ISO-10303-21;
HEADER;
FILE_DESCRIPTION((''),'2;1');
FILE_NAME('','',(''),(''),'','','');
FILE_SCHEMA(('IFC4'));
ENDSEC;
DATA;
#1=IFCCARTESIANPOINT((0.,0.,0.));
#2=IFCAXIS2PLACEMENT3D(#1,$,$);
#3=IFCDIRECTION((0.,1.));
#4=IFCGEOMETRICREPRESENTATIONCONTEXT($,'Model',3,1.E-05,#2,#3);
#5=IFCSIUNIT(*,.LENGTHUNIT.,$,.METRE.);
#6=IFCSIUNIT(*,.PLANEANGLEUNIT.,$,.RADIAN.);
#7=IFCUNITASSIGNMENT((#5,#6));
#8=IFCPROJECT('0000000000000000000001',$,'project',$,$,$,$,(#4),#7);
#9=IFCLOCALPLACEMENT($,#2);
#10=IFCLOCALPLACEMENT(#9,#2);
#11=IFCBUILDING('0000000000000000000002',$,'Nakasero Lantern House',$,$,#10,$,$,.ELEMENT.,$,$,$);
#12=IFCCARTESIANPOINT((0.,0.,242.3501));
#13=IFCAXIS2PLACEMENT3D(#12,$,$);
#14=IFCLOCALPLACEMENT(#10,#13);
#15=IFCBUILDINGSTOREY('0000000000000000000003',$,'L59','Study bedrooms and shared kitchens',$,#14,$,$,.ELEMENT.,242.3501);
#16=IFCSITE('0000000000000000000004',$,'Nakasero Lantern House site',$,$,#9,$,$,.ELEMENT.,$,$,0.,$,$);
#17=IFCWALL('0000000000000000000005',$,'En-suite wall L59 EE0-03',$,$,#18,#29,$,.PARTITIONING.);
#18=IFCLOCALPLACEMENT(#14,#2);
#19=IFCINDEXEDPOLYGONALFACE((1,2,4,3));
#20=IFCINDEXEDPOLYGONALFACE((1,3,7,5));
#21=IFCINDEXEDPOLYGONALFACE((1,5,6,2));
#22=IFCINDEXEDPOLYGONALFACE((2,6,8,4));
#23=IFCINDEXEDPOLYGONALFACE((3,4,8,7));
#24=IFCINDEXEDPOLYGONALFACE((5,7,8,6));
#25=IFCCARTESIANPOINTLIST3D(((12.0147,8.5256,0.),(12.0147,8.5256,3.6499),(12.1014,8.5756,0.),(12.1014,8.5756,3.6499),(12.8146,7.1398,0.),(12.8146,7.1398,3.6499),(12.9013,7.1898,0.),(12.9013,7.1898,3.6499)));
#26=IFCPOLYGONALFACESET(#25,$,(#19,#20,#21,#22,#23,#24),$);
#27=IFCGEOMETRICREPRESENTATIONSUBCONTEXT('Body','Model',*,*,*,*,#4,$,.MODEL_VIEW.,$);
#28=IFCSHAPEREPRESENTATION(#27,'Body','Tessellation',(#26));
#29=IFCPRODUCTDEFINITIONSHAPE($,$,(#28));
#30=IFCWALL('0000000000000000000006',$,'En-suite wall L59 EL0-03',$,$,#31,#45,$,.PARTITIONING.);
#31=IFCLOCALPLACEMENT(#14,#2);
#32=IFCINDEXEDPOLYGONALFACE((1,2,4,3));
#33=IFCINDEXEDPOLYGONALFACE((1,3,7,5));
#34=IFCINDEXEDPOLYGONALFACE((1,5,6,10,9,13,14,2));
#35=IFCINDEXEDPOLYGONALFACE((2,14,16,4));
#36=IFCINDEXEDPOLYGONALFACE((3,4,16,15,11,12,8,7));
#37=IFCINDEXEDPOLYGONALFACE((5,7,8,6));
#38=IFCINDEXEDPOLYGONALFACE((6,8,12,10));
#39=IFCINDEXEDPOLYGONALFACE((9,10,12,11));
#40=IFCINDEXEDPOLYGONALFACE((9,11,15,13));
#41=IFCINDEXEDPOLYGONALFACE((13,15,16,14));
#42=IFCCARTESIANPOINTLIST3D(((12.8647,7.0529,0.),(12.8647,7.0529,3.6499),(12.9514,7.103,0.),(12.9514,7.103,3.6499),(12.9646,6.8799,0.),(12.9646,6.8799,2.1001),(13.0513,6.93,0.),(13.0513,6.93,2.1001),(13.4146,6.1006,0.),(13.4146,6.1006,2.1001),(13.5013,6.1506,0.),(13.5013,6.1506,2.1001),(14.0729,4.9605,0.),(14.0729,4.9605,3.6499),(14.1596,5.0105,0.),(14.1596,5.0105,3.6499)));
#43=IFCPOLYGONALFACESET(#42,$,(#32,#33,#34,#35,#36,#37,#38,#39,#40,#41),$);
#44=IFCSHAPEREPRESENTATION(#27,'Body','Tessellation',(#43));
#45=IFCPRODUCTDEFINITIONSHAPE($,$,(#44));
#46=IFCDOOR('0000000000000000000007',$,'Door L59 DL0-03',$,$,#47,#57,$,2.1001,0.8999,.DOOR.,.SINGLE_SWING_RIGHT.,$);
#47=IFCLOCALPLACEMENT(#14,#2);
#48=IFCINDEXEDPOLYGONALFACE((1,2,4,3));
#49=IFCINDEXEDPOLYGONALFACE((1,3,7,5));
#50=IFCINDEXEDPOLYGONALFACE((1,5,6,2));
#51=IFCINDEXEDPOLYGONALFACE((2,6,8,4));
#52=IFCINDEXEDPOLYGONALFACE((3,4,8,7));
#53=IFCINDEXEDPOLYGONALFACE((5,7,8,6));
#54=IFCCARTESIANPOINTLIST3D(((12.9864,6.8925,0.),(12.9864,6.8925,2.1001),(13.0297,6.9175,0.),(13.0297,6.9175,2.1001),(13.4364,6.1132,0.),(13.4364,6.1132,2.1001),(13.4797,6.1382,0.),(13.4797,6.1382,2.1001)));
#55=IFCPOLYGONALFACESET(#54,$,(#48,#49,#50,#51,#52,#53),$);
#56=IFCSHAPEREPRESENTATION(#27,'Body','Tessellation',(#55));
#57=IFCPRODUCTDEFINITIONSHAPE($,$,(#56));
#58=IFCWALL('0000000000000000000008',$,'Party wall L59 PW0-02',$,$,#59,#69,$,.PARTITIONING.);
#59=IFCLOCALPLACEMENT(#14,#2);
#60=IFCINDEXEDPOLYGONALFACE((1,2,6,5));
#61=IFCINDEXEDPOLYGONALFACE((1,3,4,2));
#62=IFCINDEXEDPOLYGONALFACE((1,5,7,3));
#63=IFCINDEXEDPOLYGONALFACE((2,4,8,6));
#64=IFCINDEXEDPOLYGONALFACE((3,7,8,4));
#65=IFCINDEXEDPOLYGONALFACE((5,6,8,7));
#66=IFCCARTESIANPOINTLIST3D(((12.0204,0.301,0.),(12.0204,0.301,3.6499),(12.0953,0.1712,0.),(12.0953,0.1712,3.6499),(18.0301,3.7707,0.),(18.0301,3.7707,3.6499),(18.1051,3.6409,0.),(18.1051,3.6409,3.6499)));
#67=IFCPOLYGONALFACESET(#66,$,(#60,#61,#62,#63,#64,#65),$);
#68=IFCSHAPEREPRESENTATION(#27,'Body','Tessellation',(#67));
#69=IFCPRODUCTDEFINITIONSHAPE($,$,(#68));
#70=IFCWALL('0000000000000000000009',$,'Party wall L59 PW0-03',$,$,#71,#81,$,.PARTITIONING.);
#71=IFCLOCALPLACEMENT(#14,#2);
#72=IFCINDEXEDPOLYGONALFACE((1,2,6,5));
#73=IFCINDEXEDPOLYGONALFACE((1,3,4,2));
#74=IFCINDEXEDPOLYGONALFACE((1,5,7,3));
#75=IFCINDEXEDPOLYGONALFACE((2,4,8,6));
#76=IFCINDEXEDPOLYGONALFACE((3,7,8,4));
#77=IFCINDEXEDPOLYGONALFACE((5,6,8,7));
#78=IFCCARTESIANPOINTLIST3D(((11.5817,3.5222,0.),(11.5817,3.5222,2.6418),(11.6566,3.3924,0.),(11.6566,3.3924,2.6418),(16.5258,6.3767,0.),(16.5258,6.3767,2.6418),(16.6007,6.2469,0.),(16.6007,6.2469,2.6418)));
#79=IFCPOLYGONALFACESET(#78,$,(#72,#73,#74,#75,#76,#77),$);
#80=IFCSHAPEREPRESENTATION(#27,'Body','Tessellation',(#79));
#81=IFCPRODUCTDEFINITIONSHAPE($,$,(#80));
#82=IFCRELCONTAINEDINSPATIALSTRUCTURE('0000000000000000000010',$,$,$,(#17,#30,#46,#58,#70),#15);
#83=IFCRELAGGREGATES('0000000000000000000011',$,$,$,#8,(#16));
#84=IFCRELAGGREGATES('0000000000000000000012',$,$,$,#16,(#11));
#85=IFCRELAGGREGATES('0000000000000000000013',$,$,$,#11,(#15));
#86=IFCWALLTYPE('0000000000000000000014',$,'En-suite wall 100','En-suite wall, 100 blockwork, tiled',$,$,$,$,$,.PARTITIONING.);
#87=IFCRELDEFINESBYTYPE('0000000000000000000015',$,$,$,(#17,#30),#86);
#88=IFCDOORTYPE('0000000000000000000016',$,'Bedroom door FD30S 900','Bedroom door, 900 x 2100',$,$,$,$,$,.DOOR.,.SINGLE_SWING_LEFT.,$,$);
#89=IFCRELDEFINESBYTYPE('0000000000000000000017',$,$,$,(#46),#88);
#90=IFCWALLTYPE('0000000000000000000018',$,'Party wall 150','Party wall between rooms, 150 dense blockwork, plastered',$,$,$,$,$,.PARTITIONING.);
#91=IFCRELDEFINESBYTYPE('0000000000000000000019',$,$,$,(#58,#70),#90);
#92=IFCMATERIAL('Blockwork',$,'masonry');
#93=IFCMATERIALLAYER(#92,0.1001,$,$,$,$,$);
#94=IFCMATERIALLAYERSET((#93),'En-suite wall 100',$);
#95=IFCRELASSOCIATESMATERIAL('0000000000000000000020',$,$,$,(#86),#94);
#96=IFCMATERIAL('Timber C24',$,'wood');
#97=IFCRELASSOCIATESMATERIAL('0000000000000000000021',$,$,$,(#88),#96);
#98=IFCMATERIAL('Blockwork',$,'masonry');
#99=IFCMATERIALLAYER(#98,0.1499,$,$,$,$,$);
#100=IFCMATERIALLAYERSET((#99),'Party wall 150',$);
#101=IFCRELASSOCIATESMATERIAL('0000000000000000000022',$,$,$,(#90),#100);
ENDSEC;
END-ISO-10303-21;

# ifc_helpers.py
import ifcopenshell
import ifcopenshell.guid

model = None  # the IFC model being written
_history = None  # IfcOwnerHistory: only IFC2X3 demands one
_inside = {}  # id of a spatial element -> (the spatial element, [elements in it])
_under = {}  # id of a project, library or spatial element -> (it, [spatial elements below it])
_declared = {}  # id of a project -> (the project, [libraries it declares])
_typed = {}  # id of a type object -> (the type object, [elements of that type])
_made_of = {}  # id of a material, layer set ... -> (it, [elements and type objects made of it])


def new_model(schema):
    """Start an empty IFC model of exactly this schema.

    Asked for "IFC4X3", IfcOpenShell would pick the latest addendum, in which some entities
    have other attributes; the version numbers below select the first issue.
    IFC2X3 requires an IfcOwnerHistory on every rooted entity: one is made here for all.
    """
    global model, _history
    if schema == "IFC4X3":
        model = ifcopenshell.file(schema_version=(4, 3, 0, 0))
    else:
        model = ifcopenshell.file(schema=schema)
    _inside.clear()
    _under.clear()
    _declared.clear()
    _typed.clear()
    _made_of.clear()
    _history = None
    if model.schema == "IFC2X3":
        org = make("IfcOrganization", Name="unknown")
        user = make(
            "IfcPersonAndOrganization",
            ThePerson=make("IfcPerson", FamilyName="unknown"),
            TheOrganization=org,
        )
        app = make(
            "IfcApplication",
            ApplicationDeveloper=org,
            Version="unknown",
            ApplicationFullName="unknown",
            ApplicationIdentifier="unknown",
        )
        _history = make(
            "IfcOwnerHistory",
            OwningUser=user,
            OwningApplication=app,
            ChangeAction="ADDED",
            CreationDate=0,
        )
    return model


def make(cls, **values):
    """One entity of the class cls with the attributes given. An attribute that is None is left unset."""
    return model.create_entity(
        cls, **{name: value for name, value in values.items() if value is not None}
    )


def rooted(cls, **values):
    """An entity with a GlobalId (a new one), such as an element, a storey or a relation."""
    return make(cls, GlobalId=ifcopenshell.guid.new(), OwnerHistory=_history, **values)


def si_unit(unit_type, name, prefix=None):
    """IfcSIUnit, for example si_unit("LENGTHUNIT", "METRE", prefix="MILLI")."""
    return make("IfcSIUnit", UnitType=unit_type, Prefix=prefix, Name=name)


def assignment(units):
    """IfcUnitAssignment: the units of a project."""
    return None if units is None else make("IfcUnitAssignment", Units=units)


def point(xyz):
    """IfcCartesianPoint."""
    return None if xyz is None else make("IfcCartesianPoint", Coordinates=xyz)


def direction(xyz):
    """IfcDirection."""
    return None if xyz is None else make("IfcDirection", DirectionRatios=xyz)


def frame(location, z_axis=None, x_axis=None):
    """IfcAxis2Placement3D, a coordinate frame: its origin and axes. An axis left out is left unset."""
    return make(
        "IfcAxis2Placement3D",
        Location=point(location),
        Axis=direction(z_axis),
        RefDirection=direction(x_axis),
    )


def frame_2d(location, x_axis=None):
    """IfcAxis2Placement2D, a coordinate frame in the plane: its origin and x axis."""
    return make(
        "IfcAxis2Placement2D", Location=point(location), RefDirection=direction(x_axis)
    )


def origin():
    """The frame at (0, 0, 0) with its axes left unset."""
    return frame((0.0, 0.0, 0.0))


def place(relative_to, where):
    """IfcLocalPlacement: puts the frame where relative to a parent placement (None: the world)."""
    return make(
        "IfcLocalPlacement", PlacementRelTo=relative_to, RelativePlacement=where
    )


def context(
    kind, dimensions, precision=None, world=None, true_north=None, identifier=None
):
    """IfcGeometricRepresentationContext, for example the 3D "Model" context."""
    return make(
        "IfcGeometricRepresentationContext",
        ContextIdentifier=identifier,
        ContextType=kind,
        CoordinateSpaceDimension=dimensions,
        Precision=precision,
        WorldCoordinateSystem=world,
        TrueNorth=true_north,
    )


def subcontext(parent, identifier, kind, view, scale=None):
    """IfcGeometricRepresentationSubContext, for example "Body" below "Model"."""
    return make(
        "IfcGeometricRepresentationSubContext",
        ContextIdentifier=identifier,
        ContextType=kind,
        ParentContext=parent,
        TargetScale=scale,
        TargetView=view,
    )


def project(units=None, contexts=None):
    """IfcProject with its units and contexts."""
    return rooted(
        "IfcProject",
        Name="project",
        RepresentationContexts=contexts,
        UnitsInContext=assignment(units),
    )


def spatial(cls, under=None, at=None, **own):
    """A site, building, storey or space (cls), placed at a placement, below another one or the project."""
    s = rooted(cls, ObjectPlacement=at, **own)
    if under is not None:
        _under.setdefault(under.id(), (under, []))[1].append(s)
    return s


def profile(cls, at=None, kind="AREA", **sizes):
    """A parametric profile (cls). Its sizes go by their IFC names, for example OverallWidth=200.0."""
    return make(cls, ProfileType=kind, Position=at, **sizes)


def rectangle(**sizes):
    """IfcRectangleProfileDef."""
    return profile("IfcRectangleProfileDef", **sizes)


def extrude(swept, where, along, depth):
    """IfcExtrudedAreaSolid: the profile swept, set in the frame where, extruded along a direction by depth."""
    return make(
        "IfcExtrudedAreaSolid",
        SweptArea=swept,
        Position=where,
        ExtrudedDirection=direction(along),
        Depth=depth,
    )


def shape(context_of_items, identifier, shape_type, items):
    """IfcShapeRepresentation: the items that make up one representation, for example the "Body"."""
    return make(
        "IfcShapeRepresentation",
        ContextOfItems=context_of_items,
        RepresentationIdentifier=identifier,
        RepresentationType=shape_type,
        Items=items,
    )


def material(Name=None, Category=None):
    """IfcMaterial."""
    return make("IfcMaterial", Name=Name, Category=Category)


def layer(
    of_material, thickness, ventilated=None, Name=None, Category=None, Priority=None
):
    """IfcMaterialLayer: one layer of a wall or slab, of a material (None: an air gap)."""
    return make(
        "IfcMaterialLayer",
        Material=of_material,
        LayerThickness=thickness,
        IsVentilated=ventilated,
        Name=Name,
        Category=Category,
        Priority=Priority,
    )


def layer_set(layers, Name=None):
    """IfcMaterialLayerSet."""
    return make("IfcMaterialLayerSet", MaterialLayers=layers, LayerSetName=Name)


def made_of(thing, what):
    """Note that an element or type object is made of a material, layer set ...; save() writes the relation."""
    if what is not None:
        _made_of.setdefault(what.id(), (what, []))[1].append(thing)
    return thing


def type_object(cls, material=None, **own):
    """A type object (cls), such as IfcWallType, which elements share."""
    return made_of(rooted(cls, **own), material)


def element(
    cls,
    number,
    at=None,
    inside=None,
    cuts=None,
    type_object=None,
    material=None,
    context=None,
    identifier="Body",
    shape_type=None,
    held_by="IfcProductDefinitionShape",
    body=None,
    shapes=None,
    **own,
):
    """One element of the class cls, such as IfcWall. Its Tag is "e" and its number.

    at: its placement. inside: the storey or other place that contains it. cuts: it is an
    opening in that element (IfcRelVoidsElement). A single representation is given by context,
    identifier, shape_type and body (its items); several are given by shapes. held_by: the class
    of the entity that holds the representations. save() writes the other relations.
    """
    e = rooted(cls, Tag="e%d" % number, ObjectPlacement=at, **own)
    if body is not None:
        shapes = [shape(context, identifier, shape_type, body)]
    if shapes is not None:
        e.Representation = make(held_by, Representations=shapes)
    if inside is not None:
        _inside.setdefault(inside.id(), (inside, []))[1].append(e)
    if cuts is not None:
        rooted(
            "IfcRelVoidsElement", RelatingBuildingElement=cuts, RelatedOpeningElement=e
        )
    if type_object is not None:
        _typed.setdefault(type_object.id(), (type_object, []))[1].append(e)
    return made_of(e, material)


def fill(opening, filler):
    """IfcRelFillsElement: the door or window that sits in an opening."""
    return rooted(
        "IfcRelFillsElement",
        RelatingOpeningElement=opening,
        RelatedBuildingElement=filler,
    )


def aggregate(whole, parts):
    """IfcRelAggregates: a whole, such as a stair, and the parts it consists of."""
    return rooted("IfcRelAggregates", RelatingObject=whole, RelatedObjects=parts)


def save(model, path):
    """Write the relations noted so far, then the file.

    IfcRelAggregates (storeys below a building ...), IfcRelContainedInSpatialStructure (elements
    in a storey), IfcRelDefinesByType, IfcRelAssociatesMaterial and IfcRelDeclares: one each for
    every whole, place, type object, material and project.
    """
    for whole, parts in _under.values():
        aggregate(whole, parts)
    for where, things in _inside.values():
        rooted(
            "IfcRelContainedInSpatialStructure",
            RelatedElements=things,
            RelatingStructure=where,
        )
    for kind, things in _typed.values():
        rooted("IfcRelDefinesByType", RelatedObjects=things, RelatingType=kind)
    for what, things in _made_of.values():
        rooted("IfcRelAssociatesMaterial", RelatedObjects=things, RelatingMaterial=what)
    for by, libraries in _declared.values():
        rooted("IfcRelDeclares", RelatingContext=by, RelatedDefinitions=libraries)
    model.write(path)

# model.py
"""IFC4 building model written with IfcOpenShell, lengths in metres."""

from ifc_helpers import new_model, si_unit, direction, frame, frame_2d, origin, place, context, subcontext, project, spatial, rectangle, extrude, material, layer, layer_set, type_object, element, fill, save


model = new_model("IFC4")

# Units and contexts
model_context = context("Model", 3, precision=1e-05, world=origin(), true_north=direction((0.0, 1.0)))
body_context = subcontext(model_context, "Body", "Model", "MODEL_VIEW")
ifc_project = project(units=[si_unit("LENGTHUNIT", "METRE"), si_unit("PLANEANGLEUNIT", "RADIAN")], contexts=[model_context])

# Site, building, storey
site_placement = place(None, origin())
site = spatial("IfcSite", under=ifc_project, at=site_placement, Name="Nakasero Lantern House site", CompositionType="ELEMENT", RefElevation=0.0)
building_placement = place(site_placement, origin())
building = spatial("IfcBuilding", under=site, at=building_placement, Name="Nakasero Lantern House", CompositionType="ELEMENT")
storey_placement = place(building_placement, frame((0.0, 0.0, 242.3501)))
storey = spatial("IfcBuildingStorey", under=building, at=storey_placement, Name="L59", Description="Study bedrooms and shared kitchens", CompositionType="ELEMENT", Elevation=242.3501)

# Wall
ifc_material_1 = material(Name="Blockwork", Category="masonry")
ifc_layer_1 = layer(ifc_material_1, 0.1001)
ifc_layer_set_1 = layer_set([ifc_layer_1], Name="En-suite wall 100")
wall_type_1 = type_object("IfcWallType", Name="En-suite wall 100", Description="En-suite wall, 100 blockwork, tiled", PredefinedType="PARTITIONING", material=ifc_layer_set_1)
wall_1_placement = place(storey_placement, frame((12.8579, 7.1648, 0.0), z_axis=(0.0, 0.0, 1.0), x_axis=(-0.499881, 0.866094, 0.0)))
element("IfcWall", 1, at=wall_1_placement, inside=storey, type_object=wall_type_1, Name="En-suite wall L59 EE0-03", PredefinedType="PARTITIONING", context=body_context, shape_type="SweptSolid", body=[
    extrude(rectangle(XDim=1.6001, YDim=0.1001, at=frame_2d((0.8, 0.0))), origin(), (0.0, 0.0, 1.0), 3.6499),
])

# Wall, opening, door
wall_2_placement = place(storey_placement, frame((14.1162, 4.9856, 0.0), z_axis=(0.0, 0.0, 1.0), x_axis=(-0.50004, 0.866002, 0.0)))
wall_2 = element("IfcWall", 2, at=wall_2_placement, inside=storey, type_object=wall_type_1, Name="En-suite wall L59 EL0-03", PredefinedType="PARTITIONING", context=body_context, shape_type="SweptSolid", body=[
    extrude(rectangle(XDim=2.4163, YDim=0.1001, at=frame_2d((1.208, 0.0))), origin(), (0.0, 0.0, 1.0), 3.6499),
])
opening_1_placement = place(wall_2_placement, frame((1.3164, 0.0, 0.0)))
opening_1 = element("IfcOpeningElement", 3, at=opening_1_placement, cuts=wall_2, PredefinedType="OPENING", context=body_context, shape_type="SweptSolid", body=[
    extrude(rectangle(XDim=0.8999, YDim=2.1001, at=frame_2d((0.45, 1.05))), frame((0.0, 0.0701, 0.0), z_axis=(0.0, -1.0, 0.0), x_axis=(1.0, 0.0, 0.0)), (0.0, 0.0, 1.0), 0.1401),
])
ifc_material_2 = material(Name="Timber C24", Category="wood")
door_type_1 = type_object("IfcDoorType", Name="Bedroom door FD30S 900", Description="Bedroom door, 900 x 2100", OperationType="SINGLE_SWING_LEFT", PredefinedType="DOOR", material=ifc_material_2)
door_1_placement = place(opening_1_placement, origin())
door_1 = element("IfcDoor", 4, at=door_1_placement, inside=storey, type_object=door_type_1, Name="Door L59 DL0-03", OperationType="SINGLE_SWING_RIGHT", OverallHeight=2.1001, OverallWidth=0.8999, PredefinedType="DOOR", context=body_context, shape_type="SweptSolid", body=[
    extrude(rectangle(XDim=0.8999, YDim=2.1001, at=frame_2d((0.45, 1.05))), frame((0.0, 0.0249, 0.0), z_axis=(0.0, -1.0, 0.0), x_axis=(1.0, 0.0, 0.0)), (0.0, 0.0, 1.0), 0.05),
])
fill(opening_1, door_1)

# Walls
ifc_material_3 = material(Name="Blockwork", Category="masonry")
ifc_layer_2 = layer(ifc_material_3, 0.1499)
ifc_layer_set_2 = layer_set([ifc_layer_2], Name="Party wall 150")
wall_type_2 = type_object("IfcWallType", Name="Party wall 150", Description="Party wall between rooms, 150 dense blockwork, plastered", PredefinedType="PARTITIONING", material=ifc_layer_set_2)
wall_3_placement = place(storey_placement, frame((12.0579, 0.2361, 0.0), z_axis=(0.0, 0.0, 1.0), x_axis=(0.866026, 0.499999, 0.0)))
element("IfcWall", 5, at=wall_3_placement, inside=storey, type_object=wall_type_2, Name="Party wall L59 PW0-02", PredefinedType="PARTITIONING", context=body_context, shape_type="SweptSolid", body=[
    extrude(rectangle(XDim=6.9395, YDim=0.1499, at=frame_2d((3.4697, 0.0))), origin(), (0.0, 0.0, 1.0), 3.6499),
])
wall_4_placement = place(storey_placement, frame((11.6191, 3.4573, 0.0), z_axis=(0.0, 0.0, 1.0), x_axis=(0.866024, 0.500003, 0.0)))
element("IfcWall", 6, at=wall_4_placement, inside=storey, type_object=wall_type_2, Name="Party wall L59 PW0-03", PredefinedType="PARTITIONING", context=body_context, shape_type="SweptSolid", body=[
    extrude(rectangle(XDim=5.709, YDim=0.1499, at=frame_2d((2.8545, 0.0))), origin(), (0.0, 0.0, 1.0), 2.6418),
])

save(model, "model.ifc")
